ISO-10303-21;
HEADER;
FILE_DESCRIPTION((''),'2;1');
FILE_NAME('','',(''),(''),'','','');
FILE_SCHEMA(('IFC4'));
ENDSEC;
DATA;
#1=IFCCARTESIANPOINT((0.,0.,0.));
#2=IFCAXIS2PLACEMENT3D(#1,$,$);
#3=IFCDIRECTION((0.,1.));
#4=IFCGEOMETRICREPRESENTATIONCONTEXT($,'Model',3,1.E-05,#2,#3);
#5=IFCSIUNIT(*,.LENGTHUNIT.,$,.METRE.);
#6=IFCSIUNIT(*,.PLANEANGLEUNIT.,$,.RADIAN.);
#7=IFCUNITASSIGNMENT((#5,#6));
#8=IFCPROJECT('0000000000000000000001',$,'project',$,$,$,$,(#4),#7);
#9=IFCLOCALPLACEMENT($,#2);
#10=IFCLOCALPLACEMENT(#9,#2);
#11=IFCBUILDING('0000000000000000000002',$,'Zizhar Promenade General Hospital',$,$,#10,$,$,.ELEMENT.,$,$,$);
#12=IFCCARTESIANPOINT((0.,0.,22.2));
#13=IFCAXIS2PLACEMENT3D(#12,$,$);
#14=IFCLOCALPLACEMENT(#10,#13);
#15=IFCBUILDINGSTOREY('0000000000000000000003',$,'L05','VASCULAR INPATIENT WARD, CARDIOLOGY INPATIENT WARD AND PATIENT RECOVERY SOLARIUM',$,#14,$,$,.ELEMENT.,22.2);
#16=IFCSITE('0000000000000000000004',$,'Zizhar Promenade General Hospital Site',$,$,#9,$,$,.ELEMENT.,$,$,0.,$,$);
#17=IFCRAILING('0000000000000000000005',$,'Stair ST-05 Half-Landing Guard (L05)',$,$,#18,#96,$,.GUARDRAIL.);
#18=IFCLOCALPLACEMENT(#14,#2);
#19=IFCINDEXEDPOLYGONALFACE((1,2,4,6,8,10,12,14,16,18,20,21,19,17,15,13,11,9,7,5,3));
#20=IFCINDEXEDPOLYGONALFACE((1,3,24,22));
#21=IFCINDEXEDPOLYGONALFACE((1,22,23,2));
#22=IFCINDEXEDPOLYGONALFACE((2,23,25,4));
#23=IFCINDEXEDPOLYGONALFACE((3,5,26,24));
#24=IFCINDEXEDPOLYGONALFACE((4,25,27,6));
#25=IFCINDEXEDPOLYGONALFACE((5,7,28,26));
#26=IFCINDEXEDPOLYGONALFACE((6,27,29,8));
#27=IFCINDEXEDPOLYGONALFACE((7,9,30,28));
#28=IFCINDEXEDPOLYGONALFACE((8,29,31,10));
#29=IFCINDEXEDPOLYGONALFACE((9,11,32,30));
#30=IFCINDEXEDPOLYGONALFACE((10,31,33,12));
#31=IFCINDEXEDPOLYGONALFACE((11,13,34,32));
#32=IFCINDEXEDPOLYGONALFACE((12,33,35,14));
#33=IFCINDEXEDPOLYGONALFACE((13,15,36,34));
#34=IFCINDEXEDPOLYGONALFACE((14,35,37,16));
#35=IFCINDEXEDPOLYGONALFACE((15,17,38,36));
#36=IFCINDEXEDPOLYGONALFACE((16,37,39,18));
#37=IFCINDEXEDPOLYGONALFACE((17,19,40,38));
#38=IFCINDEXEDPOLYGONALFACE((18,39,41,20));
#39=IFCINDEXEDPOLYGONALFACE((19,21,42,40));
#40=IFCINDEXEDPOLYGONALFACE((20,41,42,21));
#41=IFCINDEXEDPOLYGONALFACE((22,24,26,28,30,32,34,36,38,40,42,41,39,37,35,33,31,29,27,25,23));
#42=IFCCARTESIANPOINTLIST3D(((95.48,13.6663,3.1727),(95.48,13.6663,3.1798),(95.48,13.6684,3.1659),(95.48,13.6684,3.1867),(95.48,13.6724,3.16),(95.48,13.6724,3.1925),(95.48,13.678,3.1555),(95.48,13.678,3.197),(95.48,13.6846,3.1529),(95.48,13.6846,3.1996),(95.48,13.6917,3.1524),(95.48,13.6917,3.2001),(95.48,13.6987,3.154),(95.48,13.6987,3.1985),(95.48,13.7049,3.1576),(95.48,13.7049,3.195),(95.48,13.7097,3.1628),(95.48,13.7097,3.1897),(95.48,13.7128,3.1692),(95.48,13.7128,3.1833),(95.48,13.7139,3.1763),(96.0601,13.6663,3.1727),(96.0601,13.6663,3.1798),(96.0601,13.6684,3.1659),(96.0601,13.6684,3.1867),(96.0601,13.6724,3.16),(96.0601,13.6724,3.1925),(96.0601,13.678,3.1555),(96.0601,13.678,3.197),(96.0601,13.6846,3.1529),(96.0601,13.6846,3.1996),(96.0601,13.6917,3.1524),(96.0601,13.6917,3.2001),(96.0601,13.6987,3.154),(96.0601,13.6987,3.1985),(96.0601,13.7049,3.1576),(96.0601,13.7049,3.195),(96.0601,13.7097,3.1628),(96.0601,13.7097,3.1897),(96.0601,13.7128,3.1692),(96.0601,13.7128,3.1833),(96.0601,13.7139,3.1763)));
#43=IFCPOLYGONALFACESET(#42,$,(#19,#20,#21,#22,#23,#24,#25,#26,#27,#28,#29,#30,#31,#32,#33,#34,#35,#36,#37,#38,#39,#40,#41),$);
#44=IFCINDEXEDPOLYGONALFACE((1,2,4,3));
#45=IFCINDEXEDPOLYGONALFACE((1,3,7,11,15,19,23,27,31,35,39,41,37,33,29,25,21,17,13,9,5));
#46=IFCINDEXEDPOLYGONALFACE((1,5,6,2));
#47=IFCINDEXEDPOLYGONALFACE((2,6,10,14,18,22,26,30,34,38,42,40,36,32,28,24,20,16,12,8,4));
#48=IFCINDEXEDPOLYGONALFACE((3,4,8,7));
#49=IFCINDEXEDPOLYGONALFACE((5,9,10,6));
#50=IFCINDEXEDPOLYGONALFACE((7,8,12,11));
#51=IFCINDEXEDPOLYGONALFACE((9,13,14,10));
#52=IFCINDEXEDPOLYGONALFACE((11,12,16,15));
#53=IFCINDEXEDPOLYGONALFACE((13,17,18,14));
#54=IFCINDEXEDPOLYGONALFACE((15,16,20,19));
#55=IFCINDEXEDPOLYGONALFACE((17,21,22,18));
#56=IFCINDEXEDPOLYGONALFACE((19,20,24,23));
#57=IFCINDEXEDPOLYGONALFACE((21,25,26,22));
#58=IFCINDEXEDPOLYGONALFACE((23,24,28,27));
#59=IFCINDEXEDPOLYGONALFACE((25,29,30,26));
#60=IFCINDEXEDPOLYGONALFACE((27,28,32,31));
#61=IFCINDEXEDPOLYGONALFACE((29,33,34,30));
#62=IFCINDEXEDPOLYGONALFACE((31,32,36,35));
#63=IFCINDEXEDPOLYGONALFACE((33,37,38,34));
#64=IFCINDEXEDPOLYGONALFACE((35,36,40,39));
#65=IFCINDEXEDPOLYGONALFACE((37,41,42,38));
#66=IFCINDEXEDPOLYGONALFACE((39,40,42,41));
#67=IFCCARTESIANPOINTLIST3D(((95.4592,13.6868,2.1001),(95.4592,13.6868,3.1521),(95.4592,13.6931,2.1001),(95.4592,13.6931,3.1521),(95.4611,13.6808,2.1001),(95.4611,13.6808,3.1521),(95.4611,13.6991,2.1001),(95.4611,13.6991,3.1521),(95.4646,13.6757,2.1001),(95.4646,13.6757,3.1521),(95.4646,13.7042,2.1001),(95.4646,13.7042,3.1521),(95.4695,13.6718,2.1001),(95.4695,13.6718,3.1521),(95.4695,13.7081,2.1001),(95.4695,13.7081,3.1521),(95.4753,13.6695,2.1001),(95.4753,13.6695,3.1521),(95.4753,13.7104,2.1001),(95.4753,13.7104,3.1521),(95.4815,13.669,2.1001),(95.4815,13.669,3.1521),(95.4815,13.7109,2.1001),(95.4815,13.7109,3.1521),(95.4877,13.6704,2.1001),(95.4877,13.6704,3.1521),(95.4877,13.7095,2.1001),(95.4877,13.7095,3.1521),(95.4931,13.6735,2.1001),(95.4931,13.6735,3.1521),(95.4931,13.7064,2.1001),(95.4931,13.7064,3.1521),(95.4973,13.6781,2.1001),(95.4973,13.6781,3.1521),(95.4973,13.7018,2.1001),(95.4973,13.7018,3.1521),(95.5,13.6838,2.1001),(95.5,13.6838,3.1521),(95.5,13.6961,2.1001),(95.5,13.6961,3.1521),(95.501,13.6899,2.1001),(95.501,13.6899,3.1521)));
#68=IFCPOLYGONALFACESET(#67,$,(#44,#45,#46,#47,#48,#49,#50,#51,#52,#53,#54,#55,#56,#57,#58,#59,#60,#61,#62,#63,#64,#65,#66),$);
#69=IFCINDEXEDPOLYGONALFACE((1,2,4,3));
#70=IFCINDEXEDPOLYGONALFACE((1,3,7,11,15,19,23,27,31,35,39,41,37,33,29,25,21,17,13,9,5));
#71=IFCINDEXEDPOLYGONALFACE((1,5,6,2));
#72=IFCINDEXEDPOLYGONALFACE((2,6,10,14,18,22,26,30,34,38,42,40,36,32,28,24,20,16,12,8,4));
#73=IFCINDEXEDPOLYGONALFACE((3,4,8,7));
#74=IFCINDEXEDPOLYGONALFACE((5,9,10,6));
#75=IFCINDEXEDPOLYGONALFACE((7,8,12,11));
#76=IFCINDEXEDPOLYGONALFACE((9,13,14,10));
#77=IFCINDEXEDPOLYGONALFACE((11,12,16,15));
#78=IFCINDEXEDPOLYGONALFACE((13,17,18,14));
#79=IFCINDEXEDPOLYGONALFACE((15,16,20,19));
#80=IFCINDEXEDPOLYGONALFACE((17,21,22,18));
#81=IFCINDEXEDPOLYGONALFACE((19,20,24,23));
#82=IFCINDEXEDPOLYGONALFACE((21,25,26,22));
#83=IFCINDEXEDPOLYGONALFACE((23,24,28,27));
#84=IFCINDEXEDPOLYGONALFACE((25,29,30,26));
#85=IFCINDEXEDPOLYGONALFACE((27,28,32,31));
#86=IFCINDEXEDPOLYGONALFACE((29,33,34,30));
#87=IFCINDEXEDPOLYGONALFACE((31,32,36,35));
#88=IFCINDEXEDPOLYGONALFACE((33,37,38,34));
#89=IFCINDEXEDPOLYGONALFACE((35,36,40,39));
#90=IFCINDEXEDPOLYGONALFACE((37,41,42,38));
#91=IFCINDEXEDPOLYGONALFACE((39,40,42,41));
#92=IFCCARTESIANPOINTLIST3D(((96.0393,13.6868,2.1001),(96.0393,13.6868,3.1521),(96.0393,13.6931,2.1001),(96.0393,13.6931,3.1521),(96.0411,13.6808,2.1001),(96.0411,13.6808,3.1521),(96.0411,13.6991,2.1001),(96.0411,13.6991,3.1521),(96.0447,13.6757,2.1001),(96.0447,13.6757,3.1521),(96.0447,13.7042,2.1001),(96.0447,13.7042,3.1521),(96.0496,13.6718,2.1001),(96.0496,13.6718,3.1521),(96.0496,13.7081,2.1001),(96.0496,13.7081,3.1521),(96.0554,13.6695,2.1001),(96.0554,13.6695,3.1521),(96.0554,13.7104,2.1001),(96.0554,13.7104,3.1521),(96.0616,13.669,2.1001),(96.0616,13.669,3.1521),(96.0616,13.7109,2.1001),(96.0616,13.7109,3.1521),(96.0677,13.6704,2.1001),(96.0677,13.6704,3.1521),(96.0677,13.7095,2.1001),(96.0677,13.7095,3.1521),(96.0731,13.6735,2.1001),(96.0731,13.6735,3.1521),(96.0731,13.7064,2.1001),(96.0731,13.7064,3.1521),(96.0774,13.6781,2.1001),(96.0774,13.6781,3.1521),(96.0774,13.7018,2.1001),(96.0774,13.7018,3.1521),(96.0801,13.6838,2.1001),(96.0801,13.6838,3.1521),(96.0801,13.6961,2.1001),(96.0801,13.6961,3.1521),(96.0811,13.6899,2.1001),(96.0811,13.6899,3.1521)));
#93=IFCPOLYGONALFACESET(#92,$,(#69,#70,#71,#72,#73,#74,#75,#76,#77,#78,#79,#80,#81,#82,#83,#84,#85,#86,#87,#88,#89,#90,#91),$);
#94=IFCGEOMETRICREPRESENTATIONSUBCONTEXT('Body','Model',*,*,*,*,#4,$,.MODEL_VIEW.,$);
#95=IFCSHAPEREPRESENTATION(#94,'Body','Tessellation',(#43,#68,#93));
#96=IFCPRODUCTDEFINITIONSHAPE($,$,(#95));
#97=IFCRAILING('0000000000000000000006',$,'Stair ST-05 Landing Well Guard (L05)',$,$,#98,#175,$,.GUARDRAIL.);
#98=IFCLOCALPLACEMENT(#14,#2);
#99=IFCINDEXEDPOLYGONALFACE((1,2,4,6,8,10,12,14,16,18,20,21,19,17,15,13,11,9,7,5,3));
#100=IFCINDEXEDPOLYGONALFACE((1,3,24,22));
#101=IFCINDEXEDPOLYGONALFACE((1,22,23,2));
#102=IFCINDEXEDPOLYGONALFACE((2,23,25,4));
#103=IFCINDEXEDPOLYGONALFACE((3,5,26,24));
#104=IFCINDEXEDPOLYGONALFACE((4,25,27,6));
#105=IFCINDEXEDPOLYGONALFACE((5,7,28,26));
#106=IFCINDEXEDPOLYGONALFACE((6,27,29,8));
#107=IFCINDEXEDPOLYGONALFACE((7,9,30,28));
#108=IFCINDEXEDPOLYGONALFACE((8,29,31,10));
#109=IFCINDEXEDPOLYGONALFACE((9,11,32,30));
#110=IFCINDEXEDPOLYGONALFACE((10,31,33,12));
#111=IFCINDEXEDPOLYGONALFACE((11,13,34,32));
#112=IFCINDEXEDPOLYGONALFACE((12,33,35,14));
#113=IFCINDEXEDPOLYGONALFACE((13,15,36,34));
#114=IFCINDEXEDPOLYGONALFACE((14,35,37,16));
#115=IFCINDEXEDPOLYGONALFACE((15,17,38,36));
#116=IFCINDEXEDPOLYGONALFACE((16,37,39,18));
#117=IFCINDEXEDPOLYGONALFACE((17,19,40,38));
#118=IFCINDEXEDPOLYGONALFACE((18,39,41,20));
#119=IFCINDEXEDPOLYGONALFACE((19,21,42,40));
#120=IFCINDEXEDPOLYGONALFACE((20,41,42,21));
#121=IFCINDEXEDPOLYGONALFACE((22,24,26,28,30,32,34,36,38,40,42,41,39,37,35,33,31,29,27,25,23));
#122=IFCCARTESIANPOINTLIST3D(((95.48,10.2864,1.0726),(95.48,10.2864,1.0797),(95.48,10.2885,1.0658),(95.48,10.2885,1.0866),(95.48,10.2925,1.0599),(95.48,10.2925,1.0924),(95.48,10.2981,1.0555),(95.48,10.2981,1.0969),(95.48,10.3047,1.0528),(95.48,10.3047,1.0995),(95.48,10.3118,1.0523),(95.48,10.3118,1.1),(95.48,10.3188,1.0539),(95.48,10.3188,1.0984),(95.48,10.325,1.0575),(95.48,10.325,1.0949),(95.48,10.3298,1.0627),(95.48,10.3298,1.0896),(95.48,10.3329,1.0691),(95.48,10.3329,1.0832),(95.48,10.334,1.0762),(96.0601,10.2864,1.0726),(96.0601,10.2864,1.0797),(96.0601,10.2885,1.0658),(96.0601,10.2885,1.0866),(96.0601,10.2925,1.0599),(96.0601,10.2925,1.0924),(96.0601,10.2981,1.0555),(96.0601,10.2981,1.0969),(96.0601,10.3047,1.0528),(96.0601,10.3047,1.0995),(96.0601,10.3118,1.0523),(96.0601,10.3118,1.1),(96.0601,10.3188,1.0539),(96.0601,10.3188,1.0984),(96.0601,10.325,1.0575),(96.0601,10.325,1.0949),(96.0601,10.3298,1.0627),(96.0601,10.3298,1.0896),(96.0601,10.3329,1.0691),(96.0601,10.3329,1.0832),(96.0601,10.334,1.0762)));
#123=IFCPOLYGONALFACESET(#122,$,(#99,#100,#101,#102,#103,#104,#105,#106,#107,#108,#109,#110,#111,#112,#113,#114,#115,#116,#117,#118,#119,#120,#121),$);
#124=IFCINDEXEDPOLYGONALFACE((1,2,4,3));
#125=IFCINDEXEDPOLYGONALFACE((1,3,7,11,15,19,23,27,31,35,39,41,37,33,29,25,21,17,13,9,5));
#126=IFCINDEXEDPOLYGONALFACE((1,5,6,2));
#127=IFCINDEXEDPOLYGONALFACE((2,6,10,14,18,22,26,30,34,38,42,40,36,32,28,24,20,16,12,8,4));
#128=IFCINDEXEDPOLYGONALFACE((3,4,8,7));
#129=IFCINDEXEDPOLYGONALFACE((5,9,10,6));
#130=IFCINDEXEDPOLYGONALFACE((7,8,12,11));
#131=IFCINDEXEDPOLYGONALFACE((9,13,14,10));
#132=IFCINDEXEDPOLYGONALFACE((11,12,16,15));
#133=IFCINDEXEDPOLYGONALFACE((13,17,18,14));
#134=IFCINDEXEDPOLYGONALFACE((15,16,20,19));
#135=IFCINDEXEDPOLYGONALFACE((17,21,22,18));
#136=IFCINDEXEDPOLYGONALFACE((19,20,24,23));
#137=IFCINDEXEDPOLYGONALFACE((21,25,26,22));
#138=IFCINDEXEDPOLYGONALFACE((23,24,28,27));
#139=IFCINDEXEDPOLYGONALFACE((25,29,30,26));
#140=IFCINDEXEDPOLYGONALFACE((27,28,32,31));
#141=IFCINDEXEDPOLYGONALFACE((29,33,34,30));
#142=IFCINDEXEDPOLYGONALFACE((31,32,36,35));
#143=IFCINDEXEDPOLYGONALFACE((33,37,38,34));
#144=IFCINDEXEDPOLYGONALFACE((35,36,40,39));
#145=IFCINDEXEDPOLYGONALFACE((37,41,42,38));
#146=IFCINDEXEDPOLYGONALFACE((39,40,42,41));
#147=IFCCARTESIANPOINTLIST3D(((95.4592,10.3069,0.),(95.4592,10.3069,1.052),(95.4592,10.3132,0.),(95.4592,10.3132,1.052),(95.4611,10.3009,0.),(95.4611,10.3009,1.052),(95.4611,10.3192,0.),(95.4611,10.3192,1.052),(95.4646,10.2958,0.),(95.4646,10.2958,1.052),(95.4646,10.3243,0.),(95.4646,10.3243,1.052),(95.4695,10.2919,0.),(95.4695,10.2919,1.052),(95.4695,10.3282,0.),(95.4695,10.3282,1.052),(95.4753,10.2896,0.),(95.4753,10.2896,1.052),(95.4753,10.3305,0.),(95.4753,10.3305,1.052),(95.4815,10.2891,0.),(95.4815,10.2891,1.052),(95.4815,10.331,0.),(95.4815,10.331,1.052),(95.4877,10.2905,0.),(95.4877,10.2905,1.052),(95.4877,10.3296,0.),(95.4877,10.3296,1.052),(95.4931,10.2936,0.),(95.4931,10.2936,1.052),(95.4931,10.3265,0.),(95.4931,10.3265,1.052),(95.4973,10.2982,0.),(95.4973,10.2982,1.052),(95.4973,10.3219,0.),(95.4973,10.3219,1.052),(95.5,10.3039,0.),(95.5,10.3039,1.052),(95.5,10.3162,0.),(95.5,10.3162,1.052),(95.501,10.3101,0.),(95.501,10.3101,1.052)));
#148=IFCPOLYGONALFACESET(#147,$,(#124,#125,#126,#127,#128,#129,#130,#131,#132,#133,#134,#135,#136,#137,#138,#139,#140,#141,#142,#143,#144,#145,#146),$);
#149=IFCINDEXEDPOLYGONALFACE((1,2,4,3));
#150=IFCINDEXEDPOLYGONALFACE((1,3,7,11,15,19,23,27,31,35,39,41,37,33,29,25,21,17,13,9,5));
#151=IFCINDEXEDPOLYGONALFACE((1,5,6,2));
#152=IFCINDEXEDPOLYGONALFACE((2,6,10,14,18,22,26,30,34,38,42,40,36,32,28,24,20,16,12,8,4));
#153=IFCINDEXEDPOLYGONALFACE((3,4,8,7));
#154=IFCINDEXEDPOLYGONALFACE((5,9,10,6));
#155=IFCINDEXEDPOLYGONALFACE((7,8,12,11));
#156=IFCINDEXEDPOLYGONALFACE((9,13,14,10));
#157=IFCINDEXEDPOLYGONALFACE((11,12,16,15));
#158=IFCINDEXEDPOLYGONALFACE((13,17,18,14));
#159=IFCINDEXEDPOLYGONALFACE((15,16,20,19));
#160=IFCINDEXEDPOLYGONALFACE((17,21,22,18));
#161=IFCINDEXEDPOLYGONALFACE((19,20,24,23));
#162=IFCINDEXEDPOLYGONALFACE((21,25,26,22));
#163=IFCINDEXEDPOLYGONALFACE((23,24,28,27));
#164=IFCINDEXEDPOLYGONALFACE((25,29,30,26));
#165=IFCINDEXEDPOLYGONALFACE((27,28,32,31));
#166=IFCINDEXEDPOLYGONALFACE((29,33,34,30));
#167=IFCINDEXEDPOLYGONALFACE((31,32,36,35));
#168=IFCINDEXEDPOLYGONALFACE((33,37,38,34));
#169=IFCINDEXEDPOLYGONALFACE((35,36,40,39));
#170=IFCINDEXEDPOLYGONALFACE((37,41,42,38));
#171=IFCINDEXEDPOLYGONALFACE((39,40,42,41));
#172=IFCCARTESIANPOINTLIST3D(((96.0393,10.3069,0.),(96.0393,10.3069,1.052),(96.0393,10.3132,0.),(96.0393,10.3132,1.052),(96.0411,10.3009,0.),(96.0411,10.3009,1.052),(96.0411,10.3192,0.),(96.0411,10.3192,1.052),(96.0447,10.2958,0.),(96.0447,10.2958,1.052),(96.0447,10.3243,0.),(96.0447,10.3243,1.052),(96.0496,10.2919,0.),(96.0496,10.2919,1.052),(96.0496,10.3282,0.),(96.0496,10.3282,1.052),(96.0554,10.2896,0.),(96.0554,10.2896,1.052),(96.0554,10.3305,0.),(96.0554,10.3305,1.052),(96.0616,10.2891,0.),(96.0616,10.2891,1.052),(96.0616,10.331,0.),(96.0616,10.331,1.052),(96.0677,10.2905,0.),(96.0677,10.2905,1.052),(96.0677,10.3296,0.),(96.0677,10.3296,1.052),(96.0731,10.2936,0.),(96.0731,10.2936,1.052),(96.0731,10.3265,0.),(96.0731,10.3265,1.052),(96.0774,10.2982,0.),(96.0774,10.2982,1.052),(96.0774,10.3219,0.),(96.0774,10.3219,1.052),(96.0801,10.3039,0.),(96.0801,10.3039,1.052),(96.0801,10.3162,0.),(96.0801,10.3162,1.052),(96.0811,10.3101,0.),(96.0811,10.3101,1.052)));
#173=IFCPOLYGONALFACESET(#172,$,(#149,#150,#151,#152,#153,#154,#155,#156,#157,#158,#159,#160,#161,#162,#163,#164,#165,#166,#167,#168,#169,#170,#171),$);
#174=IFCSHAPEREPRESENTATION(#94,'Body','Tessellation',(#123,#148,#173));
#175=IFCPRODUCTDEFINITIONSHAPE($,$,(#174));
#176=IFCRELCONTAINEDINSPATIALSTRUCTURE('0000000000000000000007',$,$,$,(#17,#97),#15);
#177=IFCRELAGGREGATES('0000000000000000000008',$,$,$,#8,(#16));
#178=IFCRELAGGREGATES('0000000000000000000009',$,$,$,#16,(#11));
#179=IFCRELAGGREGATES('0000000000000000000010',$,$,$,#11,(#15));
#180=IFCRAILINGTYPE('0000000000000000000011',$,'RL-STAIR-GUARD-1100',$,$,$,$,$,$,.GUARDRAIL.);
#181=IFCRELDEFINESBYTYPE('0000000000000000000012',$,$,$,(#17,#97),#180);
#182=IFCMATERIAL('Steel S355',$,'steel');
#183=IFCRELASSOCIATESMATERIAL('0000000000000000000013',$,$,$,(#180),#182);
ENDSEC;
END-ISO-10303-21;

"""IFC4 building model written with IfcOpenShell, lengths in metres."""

from ifc_helpers import new_model, si_unit, direction, frame, origin, origin_2d, place, context, subcontext, project, spatial, circle, hollow_circle, extrude, material, material_profile, profile_set, type_object, element, save


model = new_model("IFC4")

# Units and contexts
model_context = context("Model", 3, precision=1e-05, world=origin(), true_north=direction((0.0, 1.0)))
body_context = subcontext(model_context, "Body", "Model", "MODEL_VIEW")
ifc_project = project(units=[si_unit("LENGTHUNIT", "METRE"), si_unit("PLANEANGLEUNIT", "RADIAN")], contexts=[model_context])

# Site, building, storey
site_placement = place(None, origin())
site = spatial("IfcSite", under=ifc_project, at=site_placement, Name="Zizhar Promenade General Hospital Site", CompositionType="ELEMENT", RefElevation=0.0)
building_placement = place(site_placement, origin())
building = spatial("IfcBuilding", under=site, at=building_placement, Name="Zizhar Promenade General Hospital", CompositionType="ELEMENT")
storey_placement = place(building_placement, frame((0.0, 0.0, 22.2)))
storey = spatial("IfcBuildingStorey", under=building, at=storey_placement, Name="L05", Description="VASCULAR INPATIENT WARD, CARDIOLOGY INPATIENT WARD AND PATIENT RECOVERY SOLARIUM", CompositionType="ELEMENT", Elevation=22.2)

# Railings
ifc_material_1 = material(Name="Steel S355", Category="steel")
ifc_material_profile_1 = material_profile(ifc_material_1, hollow_circle(Radius=0.0698, WallThickness=0.0063, at=origin_2d()))
ifc_profile_set_1 = profile_set([ifc_material_profile_1], Name="Steel S355")
railing_type = type_object("IfcRailingType", Name="RL-STAIR-GUARD-1100", PredefinedType="GUARDRAIL", material=ifc_profile_set_1)
for number, where, name in (
    (1, (95.48, 13.6899, 2.1001), "Stair ST-05 Half-Landing Guard (L05)"),
    (2, (95.48, 10.3101, 0.0), "Stair ST-05 Landing Well Guard (L05)"),
):
    element("IfcRailing", number, at=place(storey_placement, frame(where)), inside=storey, type_object=railing_type, Name=name, PredefinedType="GUARDRAIL", context=body_context, shape_type="SweptSolid", body=[
        extrude(circle(Radius=0.0239, at=origin_2d()), frame((0.0, 0.0, 1.0762), z_axis=(1.0, 0.0, 0.0), x_axis=(0.0, 1.0, 0.0)), (0.0, 0.0, 1.0), 0.5801),
        extrude(circle(Radius=0.021, at=origin_2d()), origin(), (0.0, 0.0, 1.0), 1.052),
        extrude(circle(Radius=0.021, at=origin_2d()), frame((0.5801, 0.0, 0.0)), (0.0, 0.0, 1.0), 1.052),
    ])

save(model, "model.ifc")
